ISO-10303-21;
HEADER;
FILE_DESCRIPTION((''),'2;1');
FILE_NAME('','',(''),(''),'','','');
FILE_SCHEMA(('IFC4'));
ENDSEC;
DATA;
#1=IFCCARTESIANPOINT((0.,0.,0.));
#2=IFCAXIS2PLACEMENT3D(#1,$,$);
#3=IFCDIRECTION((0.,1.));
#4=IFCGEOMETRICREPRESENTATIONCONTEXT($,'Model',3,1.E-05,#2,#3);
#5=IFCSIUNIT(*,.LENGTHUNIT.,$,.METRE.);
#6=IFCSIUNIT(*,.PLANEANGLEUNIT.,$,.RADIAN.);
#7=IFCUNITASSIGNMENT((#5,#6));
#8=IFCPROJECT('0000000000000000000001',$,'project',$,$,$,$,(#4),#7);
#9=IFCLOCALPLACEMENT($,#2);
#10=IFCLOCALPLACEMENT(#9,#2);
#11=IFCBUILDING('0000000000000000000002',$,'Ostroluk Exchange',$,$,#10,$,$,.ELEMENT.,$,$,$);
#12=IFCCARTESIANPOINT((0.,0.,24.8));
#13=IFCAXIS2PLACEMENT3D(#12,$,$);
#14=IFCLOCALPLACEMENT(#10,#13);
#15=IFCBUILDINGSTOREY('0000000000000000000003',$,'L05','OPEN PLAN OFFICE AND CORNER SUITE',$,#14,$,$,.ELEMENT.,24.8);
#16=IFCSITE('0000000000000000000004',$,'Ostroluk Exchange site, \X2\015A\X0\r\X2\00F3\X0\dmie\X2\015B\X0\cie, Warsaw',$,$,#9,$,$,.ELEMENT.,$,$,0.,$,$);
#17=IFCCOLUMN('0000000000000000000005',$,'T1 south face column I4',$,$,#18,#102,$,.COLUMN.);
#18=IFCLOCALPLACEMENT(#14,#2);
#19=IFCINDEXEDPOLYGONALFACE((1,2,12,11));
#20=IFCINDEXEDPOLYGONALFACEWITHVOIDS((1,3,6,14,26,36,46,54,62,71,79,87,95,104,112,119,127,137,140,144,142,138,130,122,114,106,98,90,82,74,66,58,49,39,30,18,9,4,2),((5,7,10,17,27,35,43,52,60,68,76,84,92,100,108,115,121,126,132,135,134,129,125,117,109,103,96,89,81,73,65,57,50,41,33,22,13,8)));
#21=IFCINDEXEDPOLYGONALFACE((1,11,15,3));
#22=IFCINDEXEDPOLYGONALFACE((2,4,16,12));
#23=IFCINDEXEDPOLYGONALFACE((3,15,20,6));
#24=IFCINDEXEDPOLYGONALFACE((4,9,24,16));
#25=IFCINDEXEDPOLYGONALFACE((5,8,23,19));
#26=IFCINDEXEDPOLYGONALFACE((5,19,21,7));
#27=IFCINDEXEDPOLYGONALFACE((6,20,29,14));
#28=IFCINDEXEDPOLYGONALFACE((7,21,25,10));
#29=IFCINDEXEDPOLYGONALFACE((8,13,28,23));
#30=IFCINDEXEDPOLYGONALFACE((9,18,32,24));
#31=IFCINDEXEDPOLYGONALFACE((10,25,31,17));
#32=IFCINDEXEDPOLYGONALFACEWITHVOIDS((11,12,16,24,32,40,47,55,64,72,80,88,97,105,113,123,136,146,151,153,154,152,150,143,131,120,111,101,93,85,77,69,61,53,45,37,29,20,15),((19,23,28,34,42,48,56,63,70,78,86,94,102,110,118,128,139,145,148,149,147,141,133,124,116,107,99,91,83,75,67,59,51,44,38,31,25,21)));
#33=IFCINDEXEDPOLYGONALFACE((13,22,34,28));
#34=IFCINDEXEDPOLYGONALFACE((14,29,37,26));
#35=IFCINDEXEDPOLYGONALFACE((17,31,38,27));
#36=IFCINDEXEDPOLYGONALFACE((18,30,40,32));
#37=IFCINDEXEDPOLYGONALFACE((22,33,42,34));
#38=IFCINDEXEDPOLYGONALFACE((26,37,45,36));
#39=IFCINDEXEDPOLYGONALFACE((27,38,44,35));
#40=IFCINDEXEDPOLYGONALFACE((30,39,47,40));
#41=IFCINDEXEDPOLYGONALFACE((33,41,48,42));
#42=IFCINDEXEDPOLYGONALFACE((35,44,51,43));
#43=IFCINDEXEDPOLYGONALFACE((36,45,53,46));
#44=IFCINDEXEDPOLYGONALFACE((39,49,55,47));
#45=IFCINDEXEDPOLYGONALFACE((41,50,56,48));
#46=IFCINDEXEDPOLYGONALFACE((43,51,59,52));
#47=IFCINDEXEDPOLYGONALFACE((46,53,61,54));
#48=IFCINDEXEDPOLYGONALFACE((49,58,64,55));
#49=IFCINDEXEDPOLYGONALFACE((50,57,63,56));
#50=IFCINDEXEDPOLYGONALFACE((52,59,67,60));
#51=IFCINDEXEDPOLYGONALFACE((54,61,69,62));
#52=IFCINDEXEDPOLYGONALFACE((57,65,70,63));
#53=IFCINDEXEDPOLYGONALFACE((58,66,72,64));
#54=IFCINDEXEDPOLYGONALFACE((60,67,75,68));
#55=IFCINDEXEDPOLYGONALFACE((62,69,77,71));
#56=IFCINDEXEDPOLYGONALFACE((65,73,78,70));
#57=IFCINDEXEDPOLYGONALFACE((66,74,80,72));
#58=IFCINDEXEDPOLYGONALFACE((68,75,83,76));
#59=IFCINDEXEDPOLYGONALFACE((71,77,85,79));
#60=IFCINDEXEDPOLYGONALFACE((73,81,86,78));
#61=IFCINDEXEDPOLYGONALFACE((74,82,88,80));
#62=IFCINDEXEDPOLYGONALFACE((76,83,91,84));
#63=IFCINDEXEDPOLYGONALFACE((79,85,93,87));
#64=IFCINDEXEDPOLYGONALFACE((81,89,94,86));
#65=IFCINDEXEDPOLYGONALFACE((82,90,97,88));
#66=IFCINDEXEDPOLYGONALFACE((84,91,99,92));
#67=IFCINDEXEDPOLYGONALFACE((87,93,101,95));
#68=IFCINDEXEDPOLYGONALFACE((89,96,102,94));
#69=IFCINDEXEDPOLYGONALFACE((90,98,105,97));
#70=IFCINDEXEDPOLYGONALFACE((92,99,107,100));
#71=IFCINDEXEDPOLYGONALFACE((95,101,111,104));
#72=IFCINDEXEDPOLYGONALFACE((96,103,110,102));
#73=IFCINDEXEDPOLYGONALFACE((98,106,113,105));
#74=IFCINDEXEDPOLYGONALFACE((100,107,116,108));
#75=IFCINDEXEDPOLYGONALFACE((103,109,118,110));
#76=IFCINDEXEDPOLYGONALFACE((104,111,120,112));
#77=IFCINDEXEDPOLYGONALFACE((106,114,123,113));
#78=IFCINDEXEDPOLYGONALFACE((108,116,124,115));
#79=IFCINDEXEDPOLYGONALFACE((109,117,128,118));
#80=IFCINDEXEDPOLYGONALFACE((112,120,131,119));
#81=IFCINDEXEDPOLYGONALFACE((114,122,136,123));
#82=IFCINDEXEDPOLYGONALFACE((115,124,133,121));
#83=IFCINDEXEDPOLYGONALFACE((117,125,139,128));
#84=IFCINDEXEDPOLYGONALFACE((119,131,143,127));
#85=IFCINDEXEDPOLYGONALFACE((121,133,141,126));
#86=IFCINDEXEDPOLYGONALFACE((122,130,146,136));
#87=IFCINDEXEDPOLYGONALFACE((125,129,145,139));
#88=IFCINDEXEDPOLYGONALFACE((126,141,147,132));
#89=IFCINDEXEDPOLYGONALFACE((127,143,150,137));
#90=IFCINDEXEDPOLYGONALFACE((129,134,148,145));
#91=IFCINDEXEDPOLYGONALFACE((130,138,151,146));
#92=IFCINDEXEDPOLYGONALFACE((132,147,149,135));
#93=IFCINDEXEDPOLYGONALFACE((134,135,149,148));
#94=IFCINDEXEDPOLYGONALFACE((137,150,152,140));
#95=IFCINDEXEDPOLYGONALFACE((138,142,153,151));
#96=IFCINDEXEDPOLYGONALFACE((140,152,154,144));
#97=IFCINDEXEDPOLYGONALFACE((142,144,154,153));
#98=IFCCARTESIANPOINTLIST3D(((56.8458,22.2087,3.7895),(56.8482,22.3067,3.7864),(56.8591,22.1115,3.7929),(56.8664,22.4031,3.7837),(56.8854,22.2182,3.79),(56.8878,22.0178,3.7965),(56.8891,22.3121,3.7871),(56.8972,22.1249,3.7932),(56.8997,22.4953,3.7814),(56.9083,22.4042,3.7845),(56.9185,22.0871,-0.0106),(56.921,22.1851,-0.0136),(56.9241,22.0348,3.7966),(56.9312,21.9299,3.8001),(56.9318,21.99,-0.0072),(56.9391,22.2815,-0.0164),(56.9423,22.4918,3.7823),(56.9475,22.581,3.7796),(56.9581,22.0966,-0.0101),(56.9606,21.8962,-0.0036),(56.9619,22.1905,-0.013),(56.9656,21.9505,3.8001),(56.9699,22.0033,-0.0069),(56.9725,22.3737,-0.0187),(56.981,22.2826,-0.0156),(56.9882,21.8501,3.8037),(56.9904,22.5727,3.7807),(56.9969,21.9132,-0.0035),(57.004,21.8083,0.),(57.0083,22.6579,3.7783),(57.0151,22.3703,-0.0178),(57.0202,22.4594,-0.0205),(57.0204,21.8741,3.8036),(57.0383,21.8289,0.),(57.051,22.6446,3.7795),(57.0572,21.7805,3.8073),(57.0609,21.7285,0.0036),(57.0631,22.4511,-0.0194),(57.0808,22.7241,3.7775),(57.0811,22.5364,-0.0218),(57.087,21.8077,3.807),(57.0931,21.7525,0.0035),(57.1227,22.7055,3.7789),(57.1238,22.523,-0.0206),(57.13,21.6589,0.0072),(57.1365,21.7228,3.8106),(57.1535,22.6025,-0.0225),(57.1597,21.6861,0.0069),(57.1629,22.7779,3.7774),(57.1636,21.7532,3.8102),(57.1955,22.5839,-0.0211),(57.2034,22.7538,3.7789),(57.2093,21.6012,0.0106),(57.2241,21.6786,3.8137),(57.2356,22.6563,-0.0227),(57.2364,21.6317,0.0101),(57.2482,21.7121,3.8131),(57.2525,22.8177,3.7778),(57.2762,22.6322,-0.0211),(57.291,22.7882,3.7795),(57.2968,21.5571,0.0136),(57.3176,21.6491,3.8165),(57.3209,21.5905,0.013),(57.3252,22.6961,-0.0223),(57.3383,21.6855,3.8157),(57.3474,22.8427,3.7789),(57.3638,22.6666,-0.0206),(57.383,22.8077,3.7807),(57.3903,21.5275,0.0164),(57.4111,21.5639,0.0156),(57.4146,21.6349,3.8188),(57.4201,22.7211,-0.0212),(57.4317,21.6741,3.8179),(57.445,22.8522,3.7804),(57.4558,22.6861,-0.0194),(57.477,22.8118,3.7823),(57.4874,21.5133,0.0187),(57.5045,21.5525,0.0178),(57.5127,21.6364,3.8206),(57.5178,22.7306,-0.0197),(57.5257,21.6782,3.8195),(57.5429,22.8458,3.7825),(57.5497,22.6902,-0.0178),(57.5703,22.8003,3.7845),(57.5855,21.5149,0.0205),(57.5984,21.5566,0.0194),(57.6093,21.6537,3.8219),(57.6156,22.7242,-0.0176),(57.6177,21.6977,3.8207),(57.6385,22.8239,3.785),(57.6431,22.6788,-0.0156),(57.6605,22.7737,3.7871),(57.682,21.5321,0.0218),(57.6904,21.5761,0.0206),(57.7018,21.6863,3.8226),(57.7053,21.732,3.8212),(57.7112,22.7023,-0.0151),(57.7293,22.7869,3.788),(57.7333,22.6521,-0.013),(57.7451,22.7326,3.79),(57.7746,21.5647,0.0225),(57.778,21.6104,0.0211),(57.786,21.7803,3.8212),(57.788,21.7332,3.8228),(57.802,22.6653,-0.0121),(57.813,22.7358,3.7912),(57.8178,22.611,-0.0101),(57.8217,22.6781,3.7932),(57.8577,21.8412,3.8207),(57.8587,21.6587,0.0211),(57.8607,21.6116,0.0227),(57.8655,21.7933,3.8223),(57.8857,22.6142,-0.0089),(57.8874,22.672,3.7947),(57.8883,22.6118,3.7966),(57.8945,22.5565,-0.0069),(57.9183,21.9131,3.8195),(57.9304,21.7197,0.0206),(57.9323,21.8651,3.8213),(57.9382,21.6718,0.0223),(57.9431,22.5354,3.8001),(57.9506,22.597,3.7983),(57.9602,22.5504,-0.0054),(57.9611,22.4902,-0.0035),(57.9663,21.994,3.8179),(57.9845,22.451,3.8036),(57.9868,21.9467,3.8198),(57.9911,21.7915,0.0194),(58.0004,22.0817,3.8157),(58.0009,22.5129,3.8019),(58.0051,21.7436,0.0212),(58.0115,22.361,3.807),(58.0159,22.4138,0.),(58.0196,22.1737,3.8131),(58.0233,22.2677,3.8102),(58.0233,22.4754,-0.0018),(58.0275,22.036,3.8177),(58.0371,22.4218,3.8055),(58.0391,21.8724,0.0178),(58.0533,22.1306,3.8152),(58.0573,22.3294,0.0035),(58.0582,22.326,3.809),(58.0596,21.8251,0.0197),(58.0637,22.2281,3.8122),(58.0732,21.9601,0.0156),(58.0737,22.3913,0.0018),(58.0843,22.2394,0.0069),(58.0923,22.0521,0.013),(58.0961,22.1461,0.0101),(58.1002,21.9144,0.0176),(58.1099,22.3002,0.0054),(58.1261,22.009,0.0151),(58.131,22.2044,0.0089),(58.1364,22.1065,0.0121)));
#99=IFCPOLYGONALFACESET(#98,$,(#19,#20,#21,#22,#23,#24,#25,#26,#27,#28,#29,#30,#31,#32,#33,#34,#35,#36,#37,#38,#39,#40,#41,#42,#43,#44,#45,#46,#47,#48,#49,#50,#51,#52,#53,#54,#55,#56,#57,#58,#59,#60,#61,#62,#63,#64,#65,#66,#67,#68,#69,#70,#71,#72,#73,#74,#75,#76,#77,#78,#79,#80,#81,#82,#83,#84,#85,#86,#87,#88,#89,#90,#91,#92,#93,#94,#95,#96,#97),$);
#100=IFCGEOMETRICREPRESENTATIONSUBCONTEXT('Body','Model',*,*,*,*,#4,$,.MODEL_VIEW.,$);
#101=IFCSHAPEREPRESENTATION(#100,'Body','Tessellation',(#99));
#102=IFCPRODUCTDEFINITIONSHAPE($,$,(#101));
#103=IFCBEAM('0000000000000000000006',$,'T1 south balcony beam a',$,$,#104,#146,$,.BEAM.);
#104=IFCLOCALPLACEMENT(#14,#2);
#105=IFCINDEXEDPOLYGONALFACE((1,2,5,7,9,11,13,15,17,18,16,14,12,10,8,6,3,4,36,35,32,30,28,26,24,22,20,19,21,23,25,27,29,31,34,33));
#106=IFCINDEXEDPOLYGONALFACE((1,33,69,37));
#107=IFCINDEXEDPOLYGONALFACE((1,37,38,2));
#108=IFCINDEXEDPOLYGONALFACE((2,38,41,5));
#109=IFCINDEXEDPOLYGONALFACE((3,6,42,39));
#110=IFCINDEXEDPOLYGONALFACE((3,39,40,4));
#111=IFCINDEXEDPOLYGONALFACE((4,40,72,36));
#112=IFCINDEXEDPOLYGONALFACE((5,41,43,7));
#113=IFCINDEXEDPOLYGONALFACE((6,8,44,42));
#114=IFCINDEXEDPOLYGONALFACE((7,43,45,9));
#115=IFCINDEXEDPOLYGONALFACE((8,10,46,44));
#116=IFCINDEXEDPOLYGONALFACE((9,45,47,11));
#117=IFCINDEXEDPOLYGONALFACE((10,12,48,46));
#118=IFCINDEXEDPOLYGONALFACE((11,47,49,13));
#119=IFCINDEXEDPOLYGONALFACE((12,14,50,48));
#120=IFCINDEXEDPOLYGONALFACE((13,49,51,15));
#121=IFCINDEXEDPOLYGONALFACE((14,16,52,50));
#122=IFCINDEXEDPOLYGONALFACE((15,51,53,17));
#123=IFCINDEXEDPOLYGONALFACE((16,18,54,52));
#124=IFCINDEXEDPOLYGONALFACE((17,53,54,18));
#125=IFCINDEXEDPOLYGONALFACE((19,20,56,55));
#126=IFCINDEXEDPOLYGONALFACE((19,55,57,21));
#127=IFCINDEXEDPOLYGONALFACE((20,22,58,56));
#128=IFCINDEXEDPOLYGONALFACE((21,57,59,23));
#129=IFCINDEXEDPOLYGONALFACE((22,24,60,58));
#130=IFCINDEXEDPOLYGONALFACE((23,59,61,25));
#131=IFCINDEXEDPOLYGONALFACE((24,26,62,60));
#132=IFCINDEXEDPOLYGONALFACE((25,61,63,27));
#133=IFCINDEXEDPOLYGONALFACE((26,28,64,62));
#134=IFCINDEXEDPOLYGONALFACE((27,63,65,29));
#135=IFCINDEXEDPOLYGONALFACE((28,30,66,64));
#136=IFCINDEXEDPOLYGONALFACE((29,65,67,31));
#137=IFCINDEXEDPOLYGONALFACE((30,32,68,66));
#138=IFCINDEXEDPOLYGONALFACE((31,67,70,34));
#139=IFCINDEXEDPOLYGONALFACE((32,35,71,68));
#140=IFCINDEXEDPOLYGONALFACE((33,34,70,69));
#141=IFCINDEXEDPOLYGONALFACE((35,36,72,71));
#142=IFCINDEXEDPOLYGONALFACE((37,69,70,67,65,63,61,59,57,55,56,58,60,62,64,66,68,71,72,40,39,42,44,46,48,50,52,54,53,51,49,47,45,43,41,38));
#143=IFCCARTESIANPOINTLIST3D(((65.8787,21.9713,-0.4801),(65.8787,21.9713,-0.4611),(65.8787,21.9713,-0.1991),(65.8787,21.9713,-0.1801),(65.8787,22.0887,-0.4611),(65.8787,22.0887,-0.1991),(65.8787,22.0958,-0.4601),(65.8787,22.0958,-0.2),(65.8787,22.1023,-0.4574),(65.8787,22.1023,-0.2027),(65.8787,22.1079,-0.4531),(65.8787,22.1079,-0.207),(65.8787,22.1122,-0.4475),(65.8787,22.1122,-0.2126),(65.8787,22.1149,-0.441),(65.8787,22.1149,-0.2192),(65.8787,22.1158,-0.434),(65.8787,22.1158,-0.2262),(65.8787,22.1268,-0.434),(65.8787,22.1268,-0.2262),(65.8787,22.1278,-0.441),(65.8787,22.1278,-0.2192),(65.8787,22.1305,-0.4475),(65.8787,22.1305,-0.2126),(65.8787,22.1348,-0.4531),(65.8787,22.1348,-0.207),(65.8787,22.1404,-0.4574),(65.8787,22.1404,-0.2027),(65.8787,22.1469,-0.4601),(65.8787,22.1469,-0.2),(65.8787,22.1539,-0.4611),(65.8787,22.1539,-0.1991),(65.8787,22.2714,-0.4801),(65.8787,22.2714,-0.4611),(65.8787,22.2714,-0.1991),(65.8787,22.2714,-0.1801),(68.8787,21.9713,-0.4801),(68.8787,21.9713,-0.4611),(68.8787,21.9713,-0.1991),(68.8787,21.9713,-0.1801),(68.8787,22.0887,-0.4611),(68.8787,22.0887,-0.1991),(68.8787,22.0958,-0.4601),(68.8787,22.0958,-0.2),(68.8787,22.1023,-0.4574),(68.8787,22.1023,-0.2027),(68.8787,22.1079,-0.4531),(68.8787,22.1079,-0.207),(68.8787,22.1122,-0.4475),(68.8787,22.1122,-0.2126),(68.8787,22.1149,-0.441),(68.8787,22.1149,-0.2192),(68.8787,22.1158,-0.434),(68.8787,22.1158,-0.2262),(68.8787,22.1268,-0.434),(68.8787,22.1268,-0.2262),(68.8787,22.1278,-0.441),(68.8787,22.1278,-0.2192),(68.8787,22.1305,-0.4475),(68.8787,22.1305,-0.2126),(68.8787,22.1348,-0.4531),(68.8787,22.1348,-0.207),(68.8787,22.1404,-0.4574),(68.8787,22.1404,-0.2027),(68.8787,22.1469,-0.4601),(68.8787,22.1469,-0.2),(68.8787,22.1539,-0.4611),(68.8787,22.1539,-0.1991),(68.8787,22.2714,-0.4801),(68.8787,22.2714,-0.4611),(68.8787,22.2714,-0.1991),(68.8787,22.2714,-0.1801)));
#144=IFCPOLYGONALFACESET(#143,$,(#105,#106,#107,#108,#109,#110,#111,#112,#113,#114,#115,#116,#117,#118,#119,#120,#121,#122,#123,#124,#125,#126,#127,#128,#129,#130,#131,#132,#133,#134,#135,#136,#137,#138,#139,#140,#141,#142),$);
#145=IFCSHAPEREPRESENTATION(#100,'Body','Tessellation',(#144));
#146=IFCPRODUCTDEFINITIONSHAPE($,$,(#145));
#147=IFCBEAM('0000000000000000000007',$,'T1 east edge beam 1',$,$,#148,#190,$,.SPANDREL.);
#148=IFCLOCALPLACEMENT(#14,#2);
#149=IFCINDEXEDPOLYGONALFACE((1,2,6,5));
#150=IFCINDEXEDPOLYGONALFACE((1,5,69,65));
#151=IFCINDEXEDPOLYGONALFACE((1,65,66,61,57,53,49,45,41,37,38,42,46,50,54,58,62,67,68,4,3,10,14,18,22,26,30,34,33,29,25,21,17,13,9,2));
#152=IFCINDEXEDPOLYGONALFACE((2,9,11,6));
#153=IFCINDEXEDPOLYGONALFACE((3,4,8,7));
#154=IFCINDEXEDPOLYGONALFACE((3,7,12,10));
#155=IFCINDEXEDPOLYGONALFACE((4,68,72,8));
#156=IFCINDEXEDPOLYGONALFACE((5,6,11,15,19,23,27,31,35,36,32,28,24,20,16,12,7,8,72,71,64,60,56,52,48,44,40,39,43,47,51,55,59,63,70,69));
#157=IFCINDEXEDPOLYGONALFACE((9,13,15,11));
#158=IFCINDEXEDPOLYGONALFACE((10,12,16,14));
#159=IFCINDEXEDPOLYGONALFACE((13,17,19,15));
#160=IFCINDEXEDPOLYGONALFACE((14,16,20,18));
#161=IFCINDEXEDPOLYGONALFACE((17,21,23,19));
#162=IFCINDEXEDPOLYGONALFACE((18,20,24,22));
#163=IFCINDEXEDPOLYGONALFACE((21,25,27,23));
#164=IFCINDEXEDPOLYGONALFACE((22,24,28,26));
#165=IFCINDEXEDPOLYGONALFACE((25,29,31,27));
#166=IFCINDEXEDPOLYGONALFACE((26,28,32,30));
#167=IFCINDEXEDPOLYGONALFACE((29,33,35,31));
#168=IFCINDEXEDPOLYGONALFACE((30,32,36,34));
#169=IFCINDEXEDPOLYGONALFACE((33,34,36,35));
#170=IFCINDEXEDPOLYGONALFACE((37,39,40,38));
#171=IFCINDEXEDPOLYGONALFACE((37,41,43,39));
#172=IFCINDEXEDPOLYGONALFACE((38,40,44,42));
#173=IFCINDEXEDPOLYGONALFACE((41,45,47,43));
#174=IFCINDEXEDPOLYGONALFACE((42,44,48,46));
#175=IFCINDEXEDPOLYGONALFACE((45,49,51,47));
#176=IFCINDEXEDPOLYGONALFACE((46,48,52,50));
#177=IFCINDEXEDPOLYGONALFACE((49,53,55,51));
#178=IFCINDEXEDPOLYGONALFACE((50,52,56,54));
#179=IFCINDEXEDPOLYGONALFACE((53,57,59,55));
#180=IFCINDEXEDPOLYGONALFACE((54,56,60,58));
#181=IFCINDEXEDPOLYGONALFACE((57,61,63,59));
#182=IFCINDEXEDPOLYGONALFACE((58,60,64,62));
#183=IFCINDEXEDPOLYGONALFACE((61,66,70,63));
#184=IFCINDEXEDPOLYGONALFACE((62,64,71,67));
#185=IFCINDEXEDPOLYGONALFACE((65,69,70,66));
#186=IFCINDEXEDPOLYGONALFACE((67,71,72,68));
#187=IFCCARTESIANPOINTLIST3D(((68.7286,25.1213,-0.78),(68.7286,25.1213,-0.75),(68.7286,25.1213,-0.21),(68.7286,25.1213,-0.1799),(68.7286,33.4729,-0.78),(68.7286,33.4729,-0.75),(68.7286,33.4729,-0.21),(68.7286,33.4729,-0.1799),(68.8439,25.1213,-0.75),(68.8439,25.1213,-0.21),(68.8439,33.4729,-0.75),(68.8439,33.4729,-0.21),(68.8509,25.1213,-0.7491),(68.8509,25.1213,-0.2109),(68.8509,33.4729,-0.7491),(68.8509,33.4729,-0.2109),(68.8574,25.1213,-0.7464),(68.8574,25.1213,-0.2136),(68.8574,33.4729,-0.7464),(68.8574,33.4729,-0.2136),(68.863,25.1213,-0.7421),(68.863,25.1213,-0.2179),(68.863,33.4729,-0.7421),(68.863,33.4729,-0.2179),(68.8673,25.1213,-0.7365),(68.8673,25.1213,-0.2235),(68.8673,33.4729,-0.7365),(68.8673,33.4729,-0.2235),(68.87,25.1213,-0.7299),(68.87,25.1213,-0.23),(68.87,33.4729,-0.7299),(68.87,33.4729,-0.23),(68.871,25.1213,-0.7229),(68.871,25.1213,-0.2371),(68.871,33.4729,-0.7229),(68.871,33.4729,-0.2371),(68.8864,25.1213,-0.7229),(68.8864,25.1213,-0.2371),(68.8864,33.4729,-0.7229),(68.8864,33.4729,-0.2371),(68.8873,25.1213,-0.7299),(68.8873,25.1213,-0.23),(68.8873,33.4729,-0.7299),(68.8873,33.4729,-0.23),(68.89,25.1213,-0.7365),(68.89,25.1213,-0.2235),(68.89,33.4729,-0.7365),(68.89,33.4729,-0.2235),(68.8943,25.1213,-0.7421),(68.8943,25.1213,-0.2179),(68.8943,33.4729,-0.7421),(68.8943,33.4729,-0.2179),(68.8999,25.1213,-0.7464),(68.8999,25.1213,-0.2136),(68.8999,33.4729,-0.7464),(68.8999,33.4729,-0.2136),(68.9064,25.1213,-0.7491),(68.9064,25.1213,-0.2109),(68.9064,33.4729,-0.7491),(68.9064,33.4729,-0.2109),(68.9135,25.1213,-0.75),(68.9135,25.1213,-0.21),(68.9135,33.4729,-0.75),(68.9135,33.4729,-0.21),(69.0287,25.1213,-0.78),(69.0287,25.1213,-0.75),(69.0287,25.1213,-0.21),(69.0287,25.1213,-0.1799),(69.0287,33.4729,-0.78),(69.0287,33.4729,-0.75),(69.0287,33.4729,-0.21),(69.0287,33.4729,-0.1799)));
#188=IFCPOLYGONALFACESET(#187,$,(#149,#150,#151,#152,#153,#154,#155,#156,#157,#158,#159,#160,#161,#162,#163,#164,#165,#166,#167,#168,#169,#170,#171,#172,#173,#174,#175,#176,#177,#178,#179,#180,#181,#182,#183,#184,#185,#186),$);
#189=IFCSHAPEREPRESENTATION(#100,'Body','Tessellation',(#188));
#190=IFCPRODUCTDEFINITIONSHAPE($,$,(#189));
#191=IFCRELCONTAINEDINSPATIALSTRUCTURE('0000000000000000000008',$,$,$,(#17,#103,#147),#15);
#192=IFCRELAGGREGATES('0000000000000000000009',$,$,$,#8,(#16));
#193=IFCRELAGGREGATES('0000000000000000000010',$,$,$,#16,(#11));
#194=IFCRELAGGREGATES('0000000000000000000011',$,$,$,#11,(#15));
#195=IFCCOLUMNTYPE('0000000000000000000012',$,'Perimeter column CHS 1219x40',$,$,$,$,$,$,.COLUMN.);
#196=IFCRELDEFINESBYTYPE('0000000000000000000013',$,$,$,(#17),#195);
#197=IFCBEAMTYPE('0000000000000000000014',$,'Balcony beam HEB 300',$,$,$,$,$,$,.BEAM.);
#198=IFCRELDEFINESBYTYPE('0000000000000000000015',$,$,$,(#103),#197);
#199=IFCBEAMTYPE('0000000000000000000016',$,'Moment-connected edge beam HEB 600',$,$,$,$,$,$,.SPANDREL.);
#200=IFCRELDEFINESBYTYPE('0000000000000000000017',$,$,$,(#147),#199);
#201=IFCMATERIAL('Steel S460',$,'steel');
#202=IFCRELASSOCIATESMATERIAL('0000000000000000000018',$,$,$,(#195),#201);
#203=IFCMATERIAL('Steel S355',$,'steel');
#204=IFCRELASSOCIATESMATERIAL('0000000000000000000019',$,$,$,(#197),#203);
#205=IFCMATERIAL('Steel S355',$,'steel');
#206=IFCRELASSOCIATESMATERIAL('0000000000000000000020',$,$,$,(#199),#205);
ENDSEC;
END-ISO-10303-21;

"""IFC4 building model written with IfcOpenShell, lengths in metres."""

from ifc_helpers import new_model, si_unit, direction, frame, origin, origin_2d, place, context, subcontext, project, spatial, hollow_circle, i_section, extrude, material, material_profile, profile_set, type_object, element, save


model = new_model("IFC4")

# Units and contexts
model_context = context("Model", 3, precision=1e-05, world=origin(), true_north=direction((0.0, 1.0)))
body_context = subcontext(model_context, "Body", "Model", "MODEL_VIEW")
ifc_project = project(units=[si_unit("LENGTHUNIT", "METRE"), si_unit("PLANEANGLEUNIT", "RADIAN")], contexts=[model_context])

# Site, building, storey
site_placement = place(None, origin())
site = spatial("IfcSite", under=ifc_project, at=site_placement, Name="Ostroluk Exchange site, Śródmieście, Warsaw", CompositionType="ELEMENT", RefElevation=0.0)
building_placement = place(site_placement, origin())
building = spatial("IfcBuilding", under=site, at=building_placement, Name="Ostroluk Exchange", CompositionType="ELEMENT")
storey_placement = place(building_placement, frame((0.0, 0.0, 24.8)))
storey = spatial("IfcBuildingStorey", under=building, at=storey_placement, Name="L05", Description="OPEN PLAN OFFICE AND CORNER SUITE", CompositionType="ELEMENT", Elevation=24.8)

# Column
ifc_material_1 = material(Name="Steel S460", Category="steel")
ifc_material_profile_1 = material_profile(ifc_material_1, hollow_circle(Radius=0.6096, WallThickness=0.04, at=origin_2d()), Name="CHS 1219x40")
ifc_profile_set_1 = profile_set([ifc_material_profile_1], Name="Steel S460")
column_type = type_object("IfcColumnType", Name="Perimeter column CHS 1219x40", PredefinedType="COLUMN", material=ifc_profile_set_1)
column_placement = place(storey_placement, frame((57.5271, 22.1213, 0.0), z_axis=(-0.019132, 0.031973, 0.999306), x_axis=(-0.8581, -0.513482, 0.0)))
element("IfcColumn", 1, at=column_placement, inside=storey, type_object=column_type, Name="T1 south face column I4", PredefinedType="COLUMN", context=body_context, shape_type="SweptSolid", body=[
    extrude(hollow_circle(Radius=0.6096, WallThickness=0.04, at=origin_2d()), origin(), (0.0, 0.0, 1.0), 3.8027),
])

# Beams
ifc_material_2 = material(Name="Steel S355", Category="steel")
ifc_material_profile_2 = material_profile(ifc_material_2, i_section(OverallWidth=0.3, OverallDepth=0.3, WebThickness=0.011, FlangeThickness=0.019, FilletRadius=0.0271, at=origin_2d()), Name="HEB 300")
ifc_profile_set_2 = profile_set([ifc_material_profile_2], Name="Steel S355")
beam_type_1 = type_object("IfcBeamType", Name="Balcony beam HEB 300", PredefinedType="BEAM", material=ifc_profile_set_2)
beam_placement = place(storey_placement, frame((65.8787, 22.1213, -0.3301), z_axis=(1.0, 0.0, 0.0), x_axis=(0.0, 1.0, 0.0)))
element("IfcBeam", 2, at=beam_placement, inside=storey, type_object=beam_type_1, Name="T1 south balcony beam a", PredefinedType="BEAM", context=body_context, shape_type="SweptSolid", body=[
    extrude(i_section(OverallWidth=0.3, OverallDepth=0.3, WebThickness=0.011, FlangeThickness=0.019, FilletRadius=0.0271, at=origin_2d()), origin(), (0.0, 0.0, 1.0), 3.0),
])
ifc_material_3 = material(Name="Steel S355", Category="steel")
ifc_material_profile_3 = material_profile(ifc_material_3, i_section(OverallWidth=0.3, OverallDepth=0.6001, WebThickness=0.0154, FlangeThickness=0.03, FilletRadius=0.0271, at=origin_2d()), Name="HEB 600")
ifc_profile_set_3 = profile_set([ifc_material_profile_3], Name="Steel S355")
beam_type_2 = type_object("IfcBeamType", Name="Moment-connected edge beam HEB 600", PredefinedType="SPANDREL", material=ifc_profile_set_3)
for number, where, z_axis, x_axis, name in (
    (3, (68.8787, 25.1213, -0.48), (0.0, 1.0, 0.0), (-1.0, 0.0, 0.0), "T1 east edge beam 1"),
):
    element("IfcBeam", number, at=place(storey_placement, frame(where, z_axis=z_axis, x_axis=x_axis)), inside=storey, type_object=beam_type_2, Name=name, PredefinedType="SPANDREL", context=body_context, shape_type="SweptSolid", body=[
        extrude(i_section(OverallWidth=0.3, OverallDepth=0.6001, WebThickness=0.0154, FlangeThickness=0.03, FilletRadius=0.0271, at=origin_2d()), origin(), (0.0, 0.0, 1.0), 8.3516),
    ])

save(model, "model.ifc")
